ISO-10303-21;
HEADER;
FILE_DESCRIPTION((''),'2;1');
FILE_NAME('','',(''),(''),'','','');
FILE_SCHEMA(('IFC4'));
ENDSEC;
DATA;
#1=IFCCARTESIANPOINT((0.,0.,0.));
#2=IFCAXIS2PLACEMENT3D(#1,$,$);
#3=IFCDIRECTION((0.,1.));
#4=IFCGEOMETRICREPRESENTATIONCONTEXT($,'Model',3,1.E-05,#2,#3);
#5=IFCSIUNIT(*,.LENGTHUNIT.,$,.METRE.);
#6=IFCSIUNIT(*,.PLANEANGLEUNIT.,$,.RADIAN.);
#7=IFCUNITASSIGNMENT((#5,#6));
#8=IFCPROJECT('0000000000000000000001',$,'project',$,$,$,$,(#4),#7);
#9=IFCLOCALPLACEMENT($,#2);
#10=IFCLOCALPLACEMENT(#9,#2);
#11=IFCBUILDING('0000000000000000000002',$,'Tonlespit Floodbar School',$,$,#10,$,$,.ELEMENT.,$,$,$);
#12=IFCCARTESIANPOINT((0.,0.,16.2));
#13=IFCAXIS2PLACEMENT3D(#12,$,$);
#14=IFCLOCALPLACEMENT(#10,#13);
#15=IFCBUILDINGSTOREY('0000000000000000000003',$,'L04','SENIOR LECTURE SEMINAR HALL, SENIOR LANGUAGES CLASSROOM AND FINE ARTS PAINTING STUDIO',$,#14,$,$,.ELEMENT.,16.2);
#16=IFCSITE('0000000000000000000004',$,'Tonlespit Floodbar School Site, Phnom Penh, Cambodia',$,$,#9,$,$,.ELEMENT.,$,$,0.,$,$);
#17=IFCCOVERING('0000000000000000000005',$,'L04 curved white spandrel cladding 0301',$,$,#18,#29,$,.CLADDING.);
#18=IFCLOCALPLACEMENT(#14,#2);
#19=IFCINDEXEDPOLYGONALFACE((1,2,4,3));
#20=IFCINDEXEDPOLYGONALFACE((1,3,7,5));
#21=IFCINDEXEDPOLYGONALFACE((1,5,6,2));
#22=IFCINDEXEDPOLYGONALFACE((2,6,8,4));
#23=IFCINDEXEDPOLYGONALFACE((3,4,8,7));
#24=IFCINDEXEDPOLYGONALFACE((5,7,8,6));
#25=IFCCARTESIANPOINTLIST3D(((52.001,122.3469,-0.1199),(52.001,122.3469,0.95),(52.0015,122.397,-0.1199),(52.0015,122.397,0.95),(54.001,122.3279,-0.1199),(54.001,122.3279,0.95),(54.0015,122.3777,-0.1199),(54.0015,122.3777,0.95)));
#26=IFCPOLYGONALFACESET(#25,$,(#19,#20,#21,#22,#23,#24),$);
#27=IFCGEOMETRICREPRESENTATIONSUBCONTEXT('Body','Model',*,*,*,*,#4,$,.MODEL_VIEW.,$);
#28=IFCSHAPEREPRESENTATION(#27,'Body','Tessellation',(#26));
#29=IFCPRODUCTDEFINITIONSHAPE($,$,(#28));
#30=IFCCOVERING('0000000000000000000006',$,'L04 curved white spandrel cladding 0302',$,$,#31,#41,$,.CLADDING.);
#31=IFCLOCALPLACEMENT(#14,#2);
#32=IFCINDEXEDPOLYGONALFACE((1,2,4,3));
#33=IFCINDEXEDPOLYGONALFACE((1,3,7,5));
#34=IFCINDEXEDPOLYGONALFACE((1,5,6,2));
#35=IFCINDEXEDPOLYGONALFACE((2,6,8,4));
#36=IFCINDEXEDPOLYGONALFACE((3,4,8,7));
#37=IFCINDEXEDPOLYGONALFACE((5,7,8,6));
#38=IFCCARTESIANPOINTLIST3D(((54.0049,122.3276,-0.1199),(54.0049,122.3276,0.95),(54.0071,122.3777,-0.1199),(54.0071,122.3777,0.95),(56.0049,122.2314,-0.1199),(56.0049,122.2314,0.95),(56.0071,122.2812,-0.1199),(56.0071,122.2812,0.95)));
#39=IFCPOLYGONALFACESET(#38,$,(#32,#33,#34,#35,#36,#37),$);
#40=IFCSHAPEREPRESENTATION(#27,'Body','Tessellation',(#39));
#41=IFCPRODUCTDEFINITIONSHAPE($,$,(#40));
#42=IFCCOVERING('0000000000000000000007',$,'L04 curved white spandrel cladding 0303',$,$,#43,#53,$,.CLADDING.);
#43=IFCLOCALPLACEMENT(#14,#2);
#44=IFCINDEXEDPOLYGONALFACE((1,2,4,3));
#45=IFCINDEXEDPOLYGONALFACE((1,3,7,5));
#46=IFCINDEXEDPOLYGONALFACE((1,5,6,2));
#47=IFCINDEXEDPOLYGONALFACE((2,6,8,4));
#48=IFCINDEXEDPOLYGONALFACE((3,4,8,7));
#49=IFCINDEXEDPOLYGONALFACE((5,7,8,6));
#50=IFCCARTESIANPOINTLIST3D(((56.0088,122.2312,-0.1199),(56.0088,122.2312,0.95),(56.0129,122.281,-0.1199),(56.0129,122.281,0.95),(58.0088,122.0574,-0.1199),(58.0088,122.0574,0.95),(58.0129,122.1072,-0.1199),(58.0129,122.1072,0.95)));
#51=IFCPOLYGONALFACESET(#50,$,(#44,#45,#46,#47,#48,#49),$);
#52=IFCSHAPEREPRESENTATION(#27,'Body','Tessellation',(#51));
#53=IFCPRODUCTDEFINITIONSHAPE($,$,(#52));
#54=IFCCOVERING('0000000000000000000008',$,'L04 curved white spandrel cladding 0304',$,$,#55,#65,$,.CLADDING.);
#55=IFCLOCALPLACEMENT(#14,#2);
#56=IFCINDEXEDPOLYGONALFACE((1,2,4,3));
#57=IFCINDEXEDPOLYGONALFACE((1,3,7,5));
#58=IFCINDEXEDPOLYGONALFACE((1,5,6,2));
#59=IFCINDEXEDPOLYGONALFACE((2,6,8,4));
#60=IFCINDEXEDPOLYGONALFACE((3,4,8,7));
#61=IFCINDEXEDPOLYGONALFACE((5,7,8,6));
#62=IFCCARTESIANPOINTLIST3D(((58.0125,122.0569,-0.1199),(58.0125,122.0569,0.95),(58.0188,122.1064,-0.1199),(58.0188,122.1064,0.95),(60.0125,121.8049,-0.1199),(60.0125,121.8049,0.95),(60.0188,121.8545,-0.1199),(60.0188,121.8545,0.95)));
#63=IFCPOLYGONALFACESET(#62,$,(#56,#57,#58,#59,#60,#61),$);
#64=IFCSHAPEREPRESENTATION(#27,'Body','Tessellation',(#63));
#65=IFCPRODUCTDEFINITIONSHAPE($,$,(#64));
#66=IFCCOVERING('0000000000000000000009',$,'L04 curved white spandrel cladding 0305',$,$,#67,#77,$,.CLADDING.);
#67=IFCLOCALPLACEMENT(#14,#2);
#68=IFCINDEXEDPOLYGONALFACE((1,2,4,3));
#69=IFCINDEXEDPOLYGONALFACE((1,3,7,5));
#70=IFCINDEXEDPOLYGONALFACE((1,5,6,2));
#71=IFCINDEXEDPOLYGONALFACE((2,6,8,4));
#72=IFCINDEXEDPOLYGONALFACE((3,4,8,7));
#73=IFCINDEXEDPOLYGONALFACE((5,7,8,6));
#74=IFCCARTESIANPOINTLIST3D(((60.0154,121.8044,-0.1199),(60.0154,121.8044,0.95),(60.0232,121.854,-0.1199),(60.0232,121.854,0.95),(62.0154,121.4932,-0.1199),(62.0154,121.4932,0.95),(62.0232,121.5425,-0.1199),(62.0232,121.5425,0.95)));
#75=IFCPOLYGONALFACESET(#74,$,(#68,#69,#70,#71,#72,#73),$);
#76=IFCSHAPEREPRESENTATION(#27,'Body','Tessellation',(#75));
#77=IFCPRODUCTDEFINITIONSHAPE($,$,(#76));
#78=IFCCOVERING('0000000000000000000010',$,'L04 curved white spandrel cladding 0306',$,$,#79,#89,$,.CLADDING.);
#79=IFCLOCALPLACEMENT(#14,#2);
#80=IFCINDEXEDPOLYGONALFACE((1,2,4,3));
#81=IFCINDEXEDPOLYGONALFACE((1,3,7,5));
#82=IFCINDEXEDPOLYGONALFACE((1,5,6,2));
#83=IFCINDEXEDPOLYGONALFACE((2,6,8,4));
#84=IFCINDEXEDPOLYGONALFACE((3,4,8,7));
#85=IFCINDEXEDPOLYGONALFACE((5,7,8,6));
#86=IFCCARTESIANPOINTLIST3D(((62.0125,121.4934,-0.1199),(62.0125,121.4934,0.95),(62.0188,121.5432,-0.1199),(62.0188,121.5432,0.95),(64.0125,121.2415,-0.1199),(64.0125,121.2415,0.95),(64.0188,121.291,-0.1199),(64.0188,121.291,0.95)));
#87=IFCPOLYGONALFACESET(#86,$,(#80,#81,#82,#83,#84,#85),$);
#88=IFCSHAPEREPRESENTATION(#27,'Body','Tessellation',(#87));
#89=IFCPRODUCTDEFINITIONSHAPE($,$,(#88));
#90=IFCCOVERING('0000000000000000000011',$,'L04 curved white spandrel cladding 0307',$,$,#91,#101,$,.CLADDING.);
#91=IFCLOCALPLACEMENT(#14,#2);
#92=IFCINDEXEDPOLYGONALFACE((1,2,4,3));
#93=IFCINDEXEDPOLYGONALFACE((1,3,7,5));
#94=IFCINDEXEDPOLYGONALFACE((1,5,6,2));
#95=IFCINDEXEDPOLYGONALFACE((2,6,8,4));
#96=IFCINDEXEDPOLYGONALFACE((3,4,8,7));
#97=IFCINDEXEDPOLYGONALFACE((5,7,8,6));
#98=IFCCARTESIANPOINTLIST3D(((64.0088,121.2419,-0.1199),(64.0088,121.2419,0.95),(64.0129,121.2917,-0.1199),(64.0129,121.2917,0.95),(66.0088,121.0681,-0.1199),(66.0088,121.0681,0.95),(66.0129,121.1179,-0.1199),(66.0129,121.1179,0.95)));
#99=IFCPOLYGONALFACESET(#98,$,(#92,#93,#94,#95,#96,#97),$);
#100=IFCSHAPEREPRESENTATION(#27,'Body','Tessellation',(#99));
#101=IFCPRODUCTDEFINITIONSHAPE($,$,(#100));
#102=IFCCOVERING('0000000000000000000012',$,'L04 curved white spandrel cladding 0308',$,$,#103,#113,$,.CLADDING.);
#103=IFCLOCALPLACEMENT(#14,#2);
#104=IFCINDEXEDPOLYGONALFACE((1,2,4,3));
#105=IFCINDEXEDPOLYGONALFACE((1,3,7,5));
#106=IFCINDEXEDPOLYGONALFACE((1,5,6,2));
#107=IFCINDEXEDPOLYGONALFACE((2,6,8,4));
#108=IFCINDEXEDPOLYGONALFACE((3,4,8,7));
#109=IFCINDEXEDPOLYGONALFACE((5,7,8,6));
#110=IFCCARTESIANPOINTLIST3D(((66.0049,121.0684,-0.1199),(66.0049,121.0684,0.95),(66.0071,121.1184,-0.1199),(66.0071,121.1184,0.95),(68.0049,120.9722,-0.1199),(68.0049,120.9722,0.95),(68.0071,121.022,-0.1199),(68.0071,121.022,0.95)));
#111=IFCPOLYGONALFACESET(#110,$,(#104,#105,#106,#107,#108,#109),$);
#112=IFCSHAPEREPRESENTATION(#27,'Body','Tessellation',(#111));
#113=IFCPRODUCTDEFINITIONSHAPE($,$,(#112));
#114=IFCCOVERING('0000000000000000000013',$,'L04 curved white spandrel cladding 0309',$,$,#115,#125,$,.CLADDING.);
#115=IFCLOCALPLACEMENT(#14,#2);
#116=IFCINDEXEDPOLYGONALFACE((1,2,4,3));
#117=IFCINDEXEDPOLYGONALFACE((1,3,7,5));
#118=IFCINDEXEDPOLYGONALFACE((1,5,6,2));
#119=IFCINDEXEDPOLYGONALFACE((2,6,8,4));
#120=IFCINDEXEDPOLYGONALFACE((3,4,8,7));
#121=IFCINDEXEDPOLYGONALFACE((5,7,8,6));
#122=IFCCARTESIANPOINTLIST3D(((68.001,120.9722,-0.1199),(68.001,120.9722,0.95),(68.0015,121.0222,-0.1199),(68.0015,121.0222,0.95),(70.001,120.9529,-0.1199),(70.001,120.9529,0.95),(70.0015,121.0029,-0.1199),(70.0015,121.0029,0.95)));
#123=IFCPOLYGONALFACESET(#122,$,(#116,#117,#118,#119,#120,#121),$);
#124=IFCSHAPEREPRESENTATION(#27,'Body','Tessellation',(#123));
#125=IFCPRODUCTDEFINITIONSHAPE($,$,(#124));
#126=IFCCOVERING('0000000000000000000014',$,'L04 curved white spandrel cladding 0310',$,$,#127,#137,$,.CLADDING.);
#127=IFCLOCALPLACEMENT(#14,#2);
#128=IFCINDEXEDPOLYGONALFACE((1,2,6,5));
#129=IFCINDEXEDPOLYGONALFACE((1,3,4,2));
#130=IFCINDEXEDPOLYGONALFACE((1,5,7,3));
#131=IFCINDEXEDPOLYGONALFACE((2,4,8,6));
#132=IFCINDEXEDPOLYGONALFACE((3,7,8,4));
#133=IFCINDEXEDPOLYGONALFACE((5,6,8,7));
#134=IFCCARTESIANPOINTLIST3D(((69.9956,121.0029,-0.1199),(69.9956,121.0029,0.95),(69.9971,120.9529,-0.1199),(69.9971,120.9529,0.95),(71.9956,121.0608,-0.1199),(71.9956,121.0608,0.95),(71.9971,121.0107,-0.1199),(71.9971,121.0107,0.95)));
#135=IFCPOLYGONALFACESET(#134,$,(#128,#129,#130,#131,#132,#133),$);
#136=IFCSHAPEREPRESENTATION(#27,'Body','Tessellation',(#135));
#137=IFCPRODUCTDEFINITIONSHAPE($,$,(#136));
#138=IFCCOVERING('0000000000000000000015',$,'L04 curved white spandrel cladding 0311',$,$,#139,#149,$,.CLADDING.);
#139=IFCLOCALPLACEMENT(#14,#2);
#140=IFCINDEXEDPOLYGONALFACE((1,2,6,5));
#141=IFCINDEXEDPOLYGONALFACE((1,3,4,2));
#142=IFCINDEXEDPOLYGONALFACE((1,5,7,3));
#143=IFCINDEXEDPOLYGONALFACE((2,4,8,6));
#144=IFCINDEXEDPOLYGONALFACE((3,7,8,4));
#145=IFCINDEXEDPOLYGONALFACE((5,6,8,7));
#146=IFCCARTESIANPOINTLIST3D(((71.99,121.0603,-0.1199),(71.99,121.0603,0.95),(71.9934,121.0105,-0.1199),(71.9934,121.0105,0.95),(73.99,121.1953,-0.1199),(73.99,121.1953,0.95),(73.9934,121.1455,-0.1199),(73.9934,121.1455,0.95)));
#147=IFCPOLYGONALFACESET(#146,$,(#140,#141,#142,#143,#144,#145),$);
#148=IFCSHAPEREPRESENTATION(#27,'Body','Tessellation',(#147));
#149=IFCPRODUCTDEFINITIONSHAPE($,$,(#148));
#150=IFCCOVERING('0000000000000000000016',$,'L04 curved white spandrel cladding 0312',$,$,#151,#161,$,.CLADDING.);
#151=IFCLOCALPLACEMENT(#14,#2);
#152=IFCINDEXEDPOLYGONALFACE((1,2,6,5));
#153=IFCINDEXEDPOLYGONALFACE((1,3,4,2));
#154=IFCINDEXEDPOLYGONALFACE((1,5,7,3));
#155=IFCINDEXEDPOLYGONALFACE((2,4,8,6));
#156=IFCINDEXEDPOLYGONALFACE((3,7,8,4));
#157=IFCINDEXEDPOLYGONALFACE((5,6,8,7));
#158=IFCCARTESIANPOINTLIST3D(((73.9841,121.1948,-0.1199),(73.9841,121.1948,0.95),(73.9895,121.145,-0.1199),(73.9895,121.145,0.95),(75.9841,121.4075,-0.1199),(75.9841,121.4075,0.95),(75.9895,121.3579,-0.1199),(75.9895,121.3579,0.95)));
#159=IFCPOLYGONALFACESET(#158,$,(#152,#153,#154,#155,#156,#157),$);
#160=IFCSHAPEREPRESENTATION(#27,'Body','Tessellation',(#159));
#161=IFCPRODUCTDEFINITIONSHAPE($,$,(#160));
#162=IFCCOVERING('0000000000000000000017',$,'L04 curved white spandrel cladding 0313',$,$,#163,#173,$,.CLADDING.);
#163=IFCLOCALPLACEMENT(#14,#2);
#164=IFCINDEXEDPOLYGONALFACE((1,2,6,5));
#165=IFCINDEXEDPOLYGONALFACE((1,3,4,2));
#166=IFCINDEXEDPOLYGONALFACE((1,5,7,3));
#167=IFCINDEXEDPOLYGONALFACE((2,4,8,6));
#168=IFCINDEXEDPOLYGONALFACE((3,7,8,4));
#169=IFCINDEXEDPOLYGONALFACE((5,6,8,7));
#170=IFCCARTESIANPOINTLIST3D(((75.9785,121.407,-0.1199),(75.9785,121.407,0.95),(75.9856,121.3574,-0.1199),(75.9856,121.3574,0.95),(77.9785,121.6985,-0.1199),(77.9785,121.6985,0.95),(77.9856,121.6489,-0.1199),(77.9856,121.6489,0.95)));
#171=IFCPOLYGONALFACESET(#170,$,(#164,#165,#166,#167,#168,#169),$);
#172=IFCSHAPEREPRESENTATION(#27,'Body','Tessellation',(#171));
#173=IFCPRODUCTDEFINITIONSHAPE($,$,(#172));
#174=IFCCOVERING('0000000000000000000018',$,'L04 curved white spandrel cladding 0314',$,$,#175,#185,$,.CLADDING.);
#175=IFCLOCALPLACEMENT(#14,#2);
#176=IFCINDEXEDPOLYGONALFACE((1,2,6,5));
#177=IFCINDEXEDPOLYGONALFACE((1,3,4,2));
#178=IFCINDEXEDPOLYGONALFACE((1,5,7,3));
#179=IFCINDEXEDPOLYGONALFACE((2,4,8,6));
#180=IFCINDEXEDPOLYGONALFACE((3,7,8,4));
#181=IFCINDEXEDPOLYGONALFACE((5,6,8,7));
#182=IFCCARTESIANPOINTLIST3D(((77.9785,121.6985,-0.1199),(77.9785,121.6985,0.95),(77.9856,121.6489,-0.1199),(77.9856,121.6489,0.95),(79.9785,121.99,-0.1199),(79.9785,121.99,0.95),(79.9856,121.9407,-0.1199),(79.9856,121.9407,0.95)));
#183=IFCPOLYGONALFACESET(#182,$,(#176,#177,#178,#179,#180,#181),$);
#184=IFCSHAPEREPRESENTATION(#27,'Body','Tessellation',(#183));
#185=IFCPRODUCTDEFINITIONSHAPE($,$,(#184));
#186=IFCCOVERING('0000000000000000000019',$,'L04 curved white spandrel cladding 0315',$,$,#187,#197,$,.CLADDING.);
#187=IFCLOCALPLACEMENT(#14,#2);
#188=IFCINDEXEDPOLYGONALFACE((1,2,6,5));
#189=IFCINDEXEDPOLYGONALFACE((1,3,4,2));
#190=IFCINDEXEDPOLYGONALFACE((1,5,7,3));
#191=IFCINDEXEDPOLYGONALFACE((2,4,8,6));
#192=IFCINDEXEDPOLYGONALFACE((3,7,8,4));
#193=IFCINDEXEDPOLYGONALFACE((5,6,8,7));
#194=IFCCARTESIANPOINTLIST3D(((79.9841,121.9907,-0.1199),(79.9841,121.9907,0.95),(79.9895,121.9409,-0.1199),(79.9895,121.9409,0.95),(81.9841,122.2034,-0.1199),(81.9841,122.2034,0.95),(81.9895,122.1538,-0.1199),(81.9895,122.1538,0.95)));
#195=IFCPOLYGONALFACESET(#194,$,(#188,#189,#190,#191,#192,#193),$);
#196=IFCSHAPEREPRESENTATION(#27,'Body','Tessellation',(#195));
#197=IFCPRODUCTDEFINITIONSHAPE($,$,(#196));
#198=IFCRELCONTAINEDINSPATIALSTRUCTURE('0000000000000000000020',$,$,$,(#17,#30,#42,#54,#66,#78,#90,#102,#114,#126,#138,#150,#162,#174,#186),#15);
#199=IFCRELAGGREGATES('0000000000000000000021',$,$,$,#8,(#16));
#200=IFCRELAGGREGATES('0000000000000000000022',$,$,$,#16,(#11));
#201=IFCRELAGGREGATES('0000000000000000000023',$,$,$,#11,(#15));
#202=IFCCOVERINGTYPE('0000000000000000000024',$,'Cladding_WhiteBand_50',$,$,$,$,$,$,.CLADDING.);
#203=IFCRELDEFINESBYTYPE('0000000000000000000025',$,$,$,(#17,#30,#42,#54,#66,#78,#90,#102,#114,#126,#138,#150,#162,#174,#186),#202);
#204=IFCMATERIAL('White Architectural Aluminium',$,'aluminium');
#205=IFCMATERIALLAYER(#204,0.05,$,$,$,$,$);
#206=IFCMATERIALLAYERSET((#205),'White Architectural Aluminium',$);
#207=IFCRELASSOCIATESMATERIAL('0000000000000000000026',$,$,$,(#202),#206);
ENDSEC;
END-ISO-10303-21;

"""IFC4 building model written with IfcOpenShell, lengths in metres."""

from ifc_helpers import new_model, si_unit, direction, frame, origin, place, context, subcontext, project, spatial, polyline, outline, extrude, material, layer, layer_set, type_object, element, save


model = new_model("IFC4")

# Units and contexts
model_context = context("Model", 3, precision=1e-05, world=origin(), true_north=direction((0.0, 1.0)))
body_context = subcontext(model_context, "Body", "Model", "MODEL_VIEW")
ifc_project = project(units=[si_unit("LENGTHUNIT", "METRE"), si_unit("PLANEANGLEUNIT", "RADIAN")], contexts=[model_context])

# Site, building, storey
site_placement = place(None, origin())
site = spatial("IfcSite", under=ifc_project, at=site_placement, Name="Tonlespit Floodbar School Site, Phnom Penh, Cambodia", CompositionType="ELEMENT", RefElevation=0.0)
building_placement = place(site_placement, origin())
building = spatial("IfcBuilding", under=site, at=building_placement, Name="Tonlespit Floodbar School", CompositionType="ELEMENT")
storey_placement = place(building_placement, frame((0.0, 0.0, 16.2)))
storey = spatial("IfcBuildingStorey", under=building, at=storey_placement, Name="L04", Description="SENIOR LECTURE SEMINAR HALL, SENIOR LANGUAGES CLASSROOM AND FINE ARTS PAINTING STUDIO", CompositionType="ELEMENT", Elevation=16.2)

# Coverings
ifc_material = material(Name="White Architectural Aluminium", Category="aluminium")
ifc_layer = layer(ifc_material, 0.05)
ifc_layer_set = layer_set([ifc_layer], Name="White Architectural Aluminium")
covering_type = type_object("IfcCoveringType", Name="Cladding_WhiteBand_50", PredefinedType="CLADDING", material=ifc_layer_set)
covering_1_placement = place(storey_placement, frame((0.0, 0.0, -0.1199)))
element("IfcCovering", 1, at=covering_1_placement, inside=storey, type_object=covering_type, Name="L04 curved white spandrel cladding 0301", PredefinedType="CLADDING", context=body_context, shape_type="SweptSolid", body=[
    extrude(outline(polyline([(52.001, 122.3469), (54.001, 122.3279), (54.0015, 122.3777), (52.0015, 122.397), (52.001, 122.3469)])), origin(), (0.0, 0.0, 1.0), 1.0698),
])
covering_2_placement = place(storey_placement, frame((0.0, 0.0, -0.1199)))
element("IfcCovering", 2, at=covering_2_placement, inside=storey, type_object=covering_type, Name="L04 curved white spandrel cladding 0302", PredefinedType="CLADDING", context=body_context, shape_type="SweptSolid", body=[
    extrude(outline(polyline([(54.0049, 122.3276), (56.0049, 122.2314), (56.0071, 122.2812), (54.0071, 122.3777), (54.0049, 122.3276)])), origin(), (0.0, 0.0, 1.0), 1.0698),
])
covering_3_placement = place(storey_placement, frame((0.0, 0.0, -0.1199)))
element("IfcCovering", 3, at=covering_3_placement, inside=storey, type_object=covering_type, Name="L04 curved white spandrel cladding 0303", PredefinedType="CLADDING", context=body_context, shape_type="SweptSolid", body=[
    extrude(outline(polyline([(56.0088, 122.2312), (58.0088, 122.0574), (58.0129, 122.1072), (56.0129, 122.281), (56.0088, 122.2312)])), origin(), (0.0, 0.0, 1.0), 1.0698),
])
covering_4_placement = place(storey_placement, frame((0.0, 0.0, -0.1199)))
element("IfcCovering", 4, at=covering_4_placement, inside=storey, type_object=covering_type, Name="L04 curved white spandrel cladding 0304", PredefinedType="CLADDING", context=body_context, shape_type="SweptSolid", body=[
    extrude(outline(polyline([(58.0125, 122.0569), (60.0125, 121.8049), (60.0188, 121.8545), (58.0188, 122.1064), (58.0125, 122.0569)])), origin(), (0.0, 0.0, 1.0), 1.0698),
])
covering_5_placement = place(storey_placement, frame((0.0, 0.0, -0.1199)))
element("IfcCovering", 5, at=covering_5_placement, inside=storey, type_object=covering_type, Name="L04 curved white spandrel cladding 0305", PredefinedType="CLADDING", context=body_context, shape_type="SweptSolid", body=[
    extrude(outline(polyline([(60.0154, 121.8044), (62.0154, 121.4932), (62.0232, 121.5425), (60.0232, 121.854), (60.0154, 121.8044)])), origin(), (0.0, 0.0, 1.0), 1.0698),
])
covering_6_placement = place(storey_placement, frame((0.0, 0.0, -0.1199)))
element("IfcCovering", 6, at=covering_6_placement, inside=storey, type_object=covering_type, Name="L04 curved white spandrel cladding 0306", PredefinedType="CLADDING", context=body_context, shape_type="SweptSolid", body=[
    extrude(outline(polyline([(62.0125, 121.4934), (64.0125, 121.2415), (64.0188, 121.291), (62.0188, 121.5432), (62.0125, 121.4934)])), origin(), (0.0, 0.0, 1.0), 1.0698),
])
covering_7_placement = place(storey_placement, frame((0.0, 0.0, -0.1199)))
element("IfcCovering", 7, at=covering_7_placement, inside=storey, type_object=covering_type, Name="L04 curved white spandrel cladding 0307", PredefinedType="CLADDING", context=body_context, shape_type="SweptSolid", body=[
    extrude(outline(polyline([(64.0088, 121.2419), (66.0088, 121.0681), (66.0129, 121.1179), (64.0129, 121.2917), (64.0088, 121.2419)])), origin(), (0.0, 0.0, 1.0), 1.0698),
])
covering_8_placement = place(storey_placement, frame((0.0, 0.0, -0.1199)))
element("IfcCovering", 8, at=covering_8_placement, inside=storey, type_object=covering_type, Name="L04 curved white spandrel cladding 0308", PredefinedType="CLADDING", context=body_context, shape_type="SweptSolid", body=[
    extrude(outline(polyline([(66.0049, 121.0684), (68.0049, 120.9722), (68.0071, 121.022), (66.0071, 121.1184), (66.0049, 121.0684)])), origin(), (0.0, 0.0, 1.0), 1.0698),
])
covering_9_placement = place(storey_placement, frame((0.0, 0.0, -0.1199)))
element("IfcCovering", 9, at=covering_9_placement, inside=storey, type_object=covering_type, Name="L04 curved white spandrel cladding 0309", PredefinedType="CLADDING", context=body_context, shape_type="SweptSolid", body=[
    extrude(outline(polyline([(68.001, 120.9722), (70.001, 120.9529), (70.0015, 121.0029), (68.0015, 121.0222), (68.001, 120.9722)])), origin(), (0.0, 0.0, 1.0), 1.0698),
])
covering_10_placement = place(storey_placement, frame((0.0, 0.0, -0.1199)))
element("IfcCovering", 10, at=covering_10_placement, inside=storey, type_object=covering_type, Name="L04 curved white spandrel cladding 0310", PredefinedType="CLADDING", context=body_context, shape_type="SweptSolid", body=[
    extrude(outline(polyline([(69.9971, 120.9529), (71.9971, 121.0107), (71.9956, 121.0608), (69.9956, 121.0029), (69.9971, 120.9529)])), origin(), (0.0, 0.0, 1.0), 1.0698),
])
covering_11_placement = place(storey_placement, frame((0.0, 0.0, -0.1199)))
element("IfcCovering", 11, at=covering_11_placement, inside=storey, type_object=covering_type, Name="L04 curved white spandrel cladding 0311", PredefinedType="CLADDING", context=body_context, shape_type="SweptSolid", body=[
    extrude(outline(polyline([(71.9934, 121.0105), (73.9934, 121.1455), (73.99, 121.1953), (71.99, 121.0603), (71.9934, 121.0105)])), origin(), (0.0, 0.0, 1.0), 1.0698),
])
covering_12_placement = place(storey_placement, frame((0.0, 0.0, -0.1199)))
element("IfcCovering", 12, at=covering_12_placement, inside=storey, type_object=covering_type, Name="L04 curved white spandrel cladding 0312", PredefinedType="CLADDING", context=body_context, shape_type="SweptSolid", body=[
    extrude(outline(polyline([(73.9895, 121.145), (75.9895, 121.3579), (75.9841, 121.4075), (73.9841, 121.1948), (73.9895, 121.145)])), origin(), (0.0, 0.0, 1.0), 1.0698),
])
covering_13_placement = place(storey_placement, frame((0.0, 0.0, -0.1199)))
element("IfcCovering", 13, at=covering_13_placement, inside=storey, type_object=covering_type, Name="L04 curved white spandrel cladding 0313", PredefinedType="CLADDING", context=body_context, shape_type="SweptSolid", body=[
    extrude(outline(polyline([(75.9856, 121.3574), (77.9856, 121.6489), (77.9785, 121.6985), (75.9785, 121.407), (75.9856, 121.3574)])), origin(), (0.0, 0.0, 1.0), 1.0698),
])
covering_14_placement = place(storey_placement, frame((0.0, 0.0, -0.1199)))
element("IfcCovering", 14, at=covering_14_placement, inside=storey, type_object=covering_type, Name="L04 curved white spandrel cladding 0314", PredefinedType="CLADDING", context=body_context, shape_type="SweptSolid", body=[
    extrude(outline(polyline([(77.9856, 121.6489), (79.9856, 121.9407), (79.9785, 121.99), (77.9785, 121.6985), (77.9856, 121.6489)])), origin(), (0.0, 0.0, 1.0), 1.0698),
])
covering_15_placement = place(storey_placement, frame((0.0, 0.0, -0.1199)))
element("IfcCovering", 15, at=covering_15_placement, inside=storey, type_object=covering_type, Name="L04 curved white spandrel cladding 0315", PredefinedType="CLADDING", context=body_context, shape_type="SweptSolid", body=[
    extrude(outline(polyline([(79.9895, 121.9409), (81.9895, 122.1538), (81.9841, 122.2034), (79.9841, 121.9907), (79.9895, 121.9409)])), origin(), (0.0, 0.0, 1.0), 1.0698),
])

save(model, "model.ifc")
